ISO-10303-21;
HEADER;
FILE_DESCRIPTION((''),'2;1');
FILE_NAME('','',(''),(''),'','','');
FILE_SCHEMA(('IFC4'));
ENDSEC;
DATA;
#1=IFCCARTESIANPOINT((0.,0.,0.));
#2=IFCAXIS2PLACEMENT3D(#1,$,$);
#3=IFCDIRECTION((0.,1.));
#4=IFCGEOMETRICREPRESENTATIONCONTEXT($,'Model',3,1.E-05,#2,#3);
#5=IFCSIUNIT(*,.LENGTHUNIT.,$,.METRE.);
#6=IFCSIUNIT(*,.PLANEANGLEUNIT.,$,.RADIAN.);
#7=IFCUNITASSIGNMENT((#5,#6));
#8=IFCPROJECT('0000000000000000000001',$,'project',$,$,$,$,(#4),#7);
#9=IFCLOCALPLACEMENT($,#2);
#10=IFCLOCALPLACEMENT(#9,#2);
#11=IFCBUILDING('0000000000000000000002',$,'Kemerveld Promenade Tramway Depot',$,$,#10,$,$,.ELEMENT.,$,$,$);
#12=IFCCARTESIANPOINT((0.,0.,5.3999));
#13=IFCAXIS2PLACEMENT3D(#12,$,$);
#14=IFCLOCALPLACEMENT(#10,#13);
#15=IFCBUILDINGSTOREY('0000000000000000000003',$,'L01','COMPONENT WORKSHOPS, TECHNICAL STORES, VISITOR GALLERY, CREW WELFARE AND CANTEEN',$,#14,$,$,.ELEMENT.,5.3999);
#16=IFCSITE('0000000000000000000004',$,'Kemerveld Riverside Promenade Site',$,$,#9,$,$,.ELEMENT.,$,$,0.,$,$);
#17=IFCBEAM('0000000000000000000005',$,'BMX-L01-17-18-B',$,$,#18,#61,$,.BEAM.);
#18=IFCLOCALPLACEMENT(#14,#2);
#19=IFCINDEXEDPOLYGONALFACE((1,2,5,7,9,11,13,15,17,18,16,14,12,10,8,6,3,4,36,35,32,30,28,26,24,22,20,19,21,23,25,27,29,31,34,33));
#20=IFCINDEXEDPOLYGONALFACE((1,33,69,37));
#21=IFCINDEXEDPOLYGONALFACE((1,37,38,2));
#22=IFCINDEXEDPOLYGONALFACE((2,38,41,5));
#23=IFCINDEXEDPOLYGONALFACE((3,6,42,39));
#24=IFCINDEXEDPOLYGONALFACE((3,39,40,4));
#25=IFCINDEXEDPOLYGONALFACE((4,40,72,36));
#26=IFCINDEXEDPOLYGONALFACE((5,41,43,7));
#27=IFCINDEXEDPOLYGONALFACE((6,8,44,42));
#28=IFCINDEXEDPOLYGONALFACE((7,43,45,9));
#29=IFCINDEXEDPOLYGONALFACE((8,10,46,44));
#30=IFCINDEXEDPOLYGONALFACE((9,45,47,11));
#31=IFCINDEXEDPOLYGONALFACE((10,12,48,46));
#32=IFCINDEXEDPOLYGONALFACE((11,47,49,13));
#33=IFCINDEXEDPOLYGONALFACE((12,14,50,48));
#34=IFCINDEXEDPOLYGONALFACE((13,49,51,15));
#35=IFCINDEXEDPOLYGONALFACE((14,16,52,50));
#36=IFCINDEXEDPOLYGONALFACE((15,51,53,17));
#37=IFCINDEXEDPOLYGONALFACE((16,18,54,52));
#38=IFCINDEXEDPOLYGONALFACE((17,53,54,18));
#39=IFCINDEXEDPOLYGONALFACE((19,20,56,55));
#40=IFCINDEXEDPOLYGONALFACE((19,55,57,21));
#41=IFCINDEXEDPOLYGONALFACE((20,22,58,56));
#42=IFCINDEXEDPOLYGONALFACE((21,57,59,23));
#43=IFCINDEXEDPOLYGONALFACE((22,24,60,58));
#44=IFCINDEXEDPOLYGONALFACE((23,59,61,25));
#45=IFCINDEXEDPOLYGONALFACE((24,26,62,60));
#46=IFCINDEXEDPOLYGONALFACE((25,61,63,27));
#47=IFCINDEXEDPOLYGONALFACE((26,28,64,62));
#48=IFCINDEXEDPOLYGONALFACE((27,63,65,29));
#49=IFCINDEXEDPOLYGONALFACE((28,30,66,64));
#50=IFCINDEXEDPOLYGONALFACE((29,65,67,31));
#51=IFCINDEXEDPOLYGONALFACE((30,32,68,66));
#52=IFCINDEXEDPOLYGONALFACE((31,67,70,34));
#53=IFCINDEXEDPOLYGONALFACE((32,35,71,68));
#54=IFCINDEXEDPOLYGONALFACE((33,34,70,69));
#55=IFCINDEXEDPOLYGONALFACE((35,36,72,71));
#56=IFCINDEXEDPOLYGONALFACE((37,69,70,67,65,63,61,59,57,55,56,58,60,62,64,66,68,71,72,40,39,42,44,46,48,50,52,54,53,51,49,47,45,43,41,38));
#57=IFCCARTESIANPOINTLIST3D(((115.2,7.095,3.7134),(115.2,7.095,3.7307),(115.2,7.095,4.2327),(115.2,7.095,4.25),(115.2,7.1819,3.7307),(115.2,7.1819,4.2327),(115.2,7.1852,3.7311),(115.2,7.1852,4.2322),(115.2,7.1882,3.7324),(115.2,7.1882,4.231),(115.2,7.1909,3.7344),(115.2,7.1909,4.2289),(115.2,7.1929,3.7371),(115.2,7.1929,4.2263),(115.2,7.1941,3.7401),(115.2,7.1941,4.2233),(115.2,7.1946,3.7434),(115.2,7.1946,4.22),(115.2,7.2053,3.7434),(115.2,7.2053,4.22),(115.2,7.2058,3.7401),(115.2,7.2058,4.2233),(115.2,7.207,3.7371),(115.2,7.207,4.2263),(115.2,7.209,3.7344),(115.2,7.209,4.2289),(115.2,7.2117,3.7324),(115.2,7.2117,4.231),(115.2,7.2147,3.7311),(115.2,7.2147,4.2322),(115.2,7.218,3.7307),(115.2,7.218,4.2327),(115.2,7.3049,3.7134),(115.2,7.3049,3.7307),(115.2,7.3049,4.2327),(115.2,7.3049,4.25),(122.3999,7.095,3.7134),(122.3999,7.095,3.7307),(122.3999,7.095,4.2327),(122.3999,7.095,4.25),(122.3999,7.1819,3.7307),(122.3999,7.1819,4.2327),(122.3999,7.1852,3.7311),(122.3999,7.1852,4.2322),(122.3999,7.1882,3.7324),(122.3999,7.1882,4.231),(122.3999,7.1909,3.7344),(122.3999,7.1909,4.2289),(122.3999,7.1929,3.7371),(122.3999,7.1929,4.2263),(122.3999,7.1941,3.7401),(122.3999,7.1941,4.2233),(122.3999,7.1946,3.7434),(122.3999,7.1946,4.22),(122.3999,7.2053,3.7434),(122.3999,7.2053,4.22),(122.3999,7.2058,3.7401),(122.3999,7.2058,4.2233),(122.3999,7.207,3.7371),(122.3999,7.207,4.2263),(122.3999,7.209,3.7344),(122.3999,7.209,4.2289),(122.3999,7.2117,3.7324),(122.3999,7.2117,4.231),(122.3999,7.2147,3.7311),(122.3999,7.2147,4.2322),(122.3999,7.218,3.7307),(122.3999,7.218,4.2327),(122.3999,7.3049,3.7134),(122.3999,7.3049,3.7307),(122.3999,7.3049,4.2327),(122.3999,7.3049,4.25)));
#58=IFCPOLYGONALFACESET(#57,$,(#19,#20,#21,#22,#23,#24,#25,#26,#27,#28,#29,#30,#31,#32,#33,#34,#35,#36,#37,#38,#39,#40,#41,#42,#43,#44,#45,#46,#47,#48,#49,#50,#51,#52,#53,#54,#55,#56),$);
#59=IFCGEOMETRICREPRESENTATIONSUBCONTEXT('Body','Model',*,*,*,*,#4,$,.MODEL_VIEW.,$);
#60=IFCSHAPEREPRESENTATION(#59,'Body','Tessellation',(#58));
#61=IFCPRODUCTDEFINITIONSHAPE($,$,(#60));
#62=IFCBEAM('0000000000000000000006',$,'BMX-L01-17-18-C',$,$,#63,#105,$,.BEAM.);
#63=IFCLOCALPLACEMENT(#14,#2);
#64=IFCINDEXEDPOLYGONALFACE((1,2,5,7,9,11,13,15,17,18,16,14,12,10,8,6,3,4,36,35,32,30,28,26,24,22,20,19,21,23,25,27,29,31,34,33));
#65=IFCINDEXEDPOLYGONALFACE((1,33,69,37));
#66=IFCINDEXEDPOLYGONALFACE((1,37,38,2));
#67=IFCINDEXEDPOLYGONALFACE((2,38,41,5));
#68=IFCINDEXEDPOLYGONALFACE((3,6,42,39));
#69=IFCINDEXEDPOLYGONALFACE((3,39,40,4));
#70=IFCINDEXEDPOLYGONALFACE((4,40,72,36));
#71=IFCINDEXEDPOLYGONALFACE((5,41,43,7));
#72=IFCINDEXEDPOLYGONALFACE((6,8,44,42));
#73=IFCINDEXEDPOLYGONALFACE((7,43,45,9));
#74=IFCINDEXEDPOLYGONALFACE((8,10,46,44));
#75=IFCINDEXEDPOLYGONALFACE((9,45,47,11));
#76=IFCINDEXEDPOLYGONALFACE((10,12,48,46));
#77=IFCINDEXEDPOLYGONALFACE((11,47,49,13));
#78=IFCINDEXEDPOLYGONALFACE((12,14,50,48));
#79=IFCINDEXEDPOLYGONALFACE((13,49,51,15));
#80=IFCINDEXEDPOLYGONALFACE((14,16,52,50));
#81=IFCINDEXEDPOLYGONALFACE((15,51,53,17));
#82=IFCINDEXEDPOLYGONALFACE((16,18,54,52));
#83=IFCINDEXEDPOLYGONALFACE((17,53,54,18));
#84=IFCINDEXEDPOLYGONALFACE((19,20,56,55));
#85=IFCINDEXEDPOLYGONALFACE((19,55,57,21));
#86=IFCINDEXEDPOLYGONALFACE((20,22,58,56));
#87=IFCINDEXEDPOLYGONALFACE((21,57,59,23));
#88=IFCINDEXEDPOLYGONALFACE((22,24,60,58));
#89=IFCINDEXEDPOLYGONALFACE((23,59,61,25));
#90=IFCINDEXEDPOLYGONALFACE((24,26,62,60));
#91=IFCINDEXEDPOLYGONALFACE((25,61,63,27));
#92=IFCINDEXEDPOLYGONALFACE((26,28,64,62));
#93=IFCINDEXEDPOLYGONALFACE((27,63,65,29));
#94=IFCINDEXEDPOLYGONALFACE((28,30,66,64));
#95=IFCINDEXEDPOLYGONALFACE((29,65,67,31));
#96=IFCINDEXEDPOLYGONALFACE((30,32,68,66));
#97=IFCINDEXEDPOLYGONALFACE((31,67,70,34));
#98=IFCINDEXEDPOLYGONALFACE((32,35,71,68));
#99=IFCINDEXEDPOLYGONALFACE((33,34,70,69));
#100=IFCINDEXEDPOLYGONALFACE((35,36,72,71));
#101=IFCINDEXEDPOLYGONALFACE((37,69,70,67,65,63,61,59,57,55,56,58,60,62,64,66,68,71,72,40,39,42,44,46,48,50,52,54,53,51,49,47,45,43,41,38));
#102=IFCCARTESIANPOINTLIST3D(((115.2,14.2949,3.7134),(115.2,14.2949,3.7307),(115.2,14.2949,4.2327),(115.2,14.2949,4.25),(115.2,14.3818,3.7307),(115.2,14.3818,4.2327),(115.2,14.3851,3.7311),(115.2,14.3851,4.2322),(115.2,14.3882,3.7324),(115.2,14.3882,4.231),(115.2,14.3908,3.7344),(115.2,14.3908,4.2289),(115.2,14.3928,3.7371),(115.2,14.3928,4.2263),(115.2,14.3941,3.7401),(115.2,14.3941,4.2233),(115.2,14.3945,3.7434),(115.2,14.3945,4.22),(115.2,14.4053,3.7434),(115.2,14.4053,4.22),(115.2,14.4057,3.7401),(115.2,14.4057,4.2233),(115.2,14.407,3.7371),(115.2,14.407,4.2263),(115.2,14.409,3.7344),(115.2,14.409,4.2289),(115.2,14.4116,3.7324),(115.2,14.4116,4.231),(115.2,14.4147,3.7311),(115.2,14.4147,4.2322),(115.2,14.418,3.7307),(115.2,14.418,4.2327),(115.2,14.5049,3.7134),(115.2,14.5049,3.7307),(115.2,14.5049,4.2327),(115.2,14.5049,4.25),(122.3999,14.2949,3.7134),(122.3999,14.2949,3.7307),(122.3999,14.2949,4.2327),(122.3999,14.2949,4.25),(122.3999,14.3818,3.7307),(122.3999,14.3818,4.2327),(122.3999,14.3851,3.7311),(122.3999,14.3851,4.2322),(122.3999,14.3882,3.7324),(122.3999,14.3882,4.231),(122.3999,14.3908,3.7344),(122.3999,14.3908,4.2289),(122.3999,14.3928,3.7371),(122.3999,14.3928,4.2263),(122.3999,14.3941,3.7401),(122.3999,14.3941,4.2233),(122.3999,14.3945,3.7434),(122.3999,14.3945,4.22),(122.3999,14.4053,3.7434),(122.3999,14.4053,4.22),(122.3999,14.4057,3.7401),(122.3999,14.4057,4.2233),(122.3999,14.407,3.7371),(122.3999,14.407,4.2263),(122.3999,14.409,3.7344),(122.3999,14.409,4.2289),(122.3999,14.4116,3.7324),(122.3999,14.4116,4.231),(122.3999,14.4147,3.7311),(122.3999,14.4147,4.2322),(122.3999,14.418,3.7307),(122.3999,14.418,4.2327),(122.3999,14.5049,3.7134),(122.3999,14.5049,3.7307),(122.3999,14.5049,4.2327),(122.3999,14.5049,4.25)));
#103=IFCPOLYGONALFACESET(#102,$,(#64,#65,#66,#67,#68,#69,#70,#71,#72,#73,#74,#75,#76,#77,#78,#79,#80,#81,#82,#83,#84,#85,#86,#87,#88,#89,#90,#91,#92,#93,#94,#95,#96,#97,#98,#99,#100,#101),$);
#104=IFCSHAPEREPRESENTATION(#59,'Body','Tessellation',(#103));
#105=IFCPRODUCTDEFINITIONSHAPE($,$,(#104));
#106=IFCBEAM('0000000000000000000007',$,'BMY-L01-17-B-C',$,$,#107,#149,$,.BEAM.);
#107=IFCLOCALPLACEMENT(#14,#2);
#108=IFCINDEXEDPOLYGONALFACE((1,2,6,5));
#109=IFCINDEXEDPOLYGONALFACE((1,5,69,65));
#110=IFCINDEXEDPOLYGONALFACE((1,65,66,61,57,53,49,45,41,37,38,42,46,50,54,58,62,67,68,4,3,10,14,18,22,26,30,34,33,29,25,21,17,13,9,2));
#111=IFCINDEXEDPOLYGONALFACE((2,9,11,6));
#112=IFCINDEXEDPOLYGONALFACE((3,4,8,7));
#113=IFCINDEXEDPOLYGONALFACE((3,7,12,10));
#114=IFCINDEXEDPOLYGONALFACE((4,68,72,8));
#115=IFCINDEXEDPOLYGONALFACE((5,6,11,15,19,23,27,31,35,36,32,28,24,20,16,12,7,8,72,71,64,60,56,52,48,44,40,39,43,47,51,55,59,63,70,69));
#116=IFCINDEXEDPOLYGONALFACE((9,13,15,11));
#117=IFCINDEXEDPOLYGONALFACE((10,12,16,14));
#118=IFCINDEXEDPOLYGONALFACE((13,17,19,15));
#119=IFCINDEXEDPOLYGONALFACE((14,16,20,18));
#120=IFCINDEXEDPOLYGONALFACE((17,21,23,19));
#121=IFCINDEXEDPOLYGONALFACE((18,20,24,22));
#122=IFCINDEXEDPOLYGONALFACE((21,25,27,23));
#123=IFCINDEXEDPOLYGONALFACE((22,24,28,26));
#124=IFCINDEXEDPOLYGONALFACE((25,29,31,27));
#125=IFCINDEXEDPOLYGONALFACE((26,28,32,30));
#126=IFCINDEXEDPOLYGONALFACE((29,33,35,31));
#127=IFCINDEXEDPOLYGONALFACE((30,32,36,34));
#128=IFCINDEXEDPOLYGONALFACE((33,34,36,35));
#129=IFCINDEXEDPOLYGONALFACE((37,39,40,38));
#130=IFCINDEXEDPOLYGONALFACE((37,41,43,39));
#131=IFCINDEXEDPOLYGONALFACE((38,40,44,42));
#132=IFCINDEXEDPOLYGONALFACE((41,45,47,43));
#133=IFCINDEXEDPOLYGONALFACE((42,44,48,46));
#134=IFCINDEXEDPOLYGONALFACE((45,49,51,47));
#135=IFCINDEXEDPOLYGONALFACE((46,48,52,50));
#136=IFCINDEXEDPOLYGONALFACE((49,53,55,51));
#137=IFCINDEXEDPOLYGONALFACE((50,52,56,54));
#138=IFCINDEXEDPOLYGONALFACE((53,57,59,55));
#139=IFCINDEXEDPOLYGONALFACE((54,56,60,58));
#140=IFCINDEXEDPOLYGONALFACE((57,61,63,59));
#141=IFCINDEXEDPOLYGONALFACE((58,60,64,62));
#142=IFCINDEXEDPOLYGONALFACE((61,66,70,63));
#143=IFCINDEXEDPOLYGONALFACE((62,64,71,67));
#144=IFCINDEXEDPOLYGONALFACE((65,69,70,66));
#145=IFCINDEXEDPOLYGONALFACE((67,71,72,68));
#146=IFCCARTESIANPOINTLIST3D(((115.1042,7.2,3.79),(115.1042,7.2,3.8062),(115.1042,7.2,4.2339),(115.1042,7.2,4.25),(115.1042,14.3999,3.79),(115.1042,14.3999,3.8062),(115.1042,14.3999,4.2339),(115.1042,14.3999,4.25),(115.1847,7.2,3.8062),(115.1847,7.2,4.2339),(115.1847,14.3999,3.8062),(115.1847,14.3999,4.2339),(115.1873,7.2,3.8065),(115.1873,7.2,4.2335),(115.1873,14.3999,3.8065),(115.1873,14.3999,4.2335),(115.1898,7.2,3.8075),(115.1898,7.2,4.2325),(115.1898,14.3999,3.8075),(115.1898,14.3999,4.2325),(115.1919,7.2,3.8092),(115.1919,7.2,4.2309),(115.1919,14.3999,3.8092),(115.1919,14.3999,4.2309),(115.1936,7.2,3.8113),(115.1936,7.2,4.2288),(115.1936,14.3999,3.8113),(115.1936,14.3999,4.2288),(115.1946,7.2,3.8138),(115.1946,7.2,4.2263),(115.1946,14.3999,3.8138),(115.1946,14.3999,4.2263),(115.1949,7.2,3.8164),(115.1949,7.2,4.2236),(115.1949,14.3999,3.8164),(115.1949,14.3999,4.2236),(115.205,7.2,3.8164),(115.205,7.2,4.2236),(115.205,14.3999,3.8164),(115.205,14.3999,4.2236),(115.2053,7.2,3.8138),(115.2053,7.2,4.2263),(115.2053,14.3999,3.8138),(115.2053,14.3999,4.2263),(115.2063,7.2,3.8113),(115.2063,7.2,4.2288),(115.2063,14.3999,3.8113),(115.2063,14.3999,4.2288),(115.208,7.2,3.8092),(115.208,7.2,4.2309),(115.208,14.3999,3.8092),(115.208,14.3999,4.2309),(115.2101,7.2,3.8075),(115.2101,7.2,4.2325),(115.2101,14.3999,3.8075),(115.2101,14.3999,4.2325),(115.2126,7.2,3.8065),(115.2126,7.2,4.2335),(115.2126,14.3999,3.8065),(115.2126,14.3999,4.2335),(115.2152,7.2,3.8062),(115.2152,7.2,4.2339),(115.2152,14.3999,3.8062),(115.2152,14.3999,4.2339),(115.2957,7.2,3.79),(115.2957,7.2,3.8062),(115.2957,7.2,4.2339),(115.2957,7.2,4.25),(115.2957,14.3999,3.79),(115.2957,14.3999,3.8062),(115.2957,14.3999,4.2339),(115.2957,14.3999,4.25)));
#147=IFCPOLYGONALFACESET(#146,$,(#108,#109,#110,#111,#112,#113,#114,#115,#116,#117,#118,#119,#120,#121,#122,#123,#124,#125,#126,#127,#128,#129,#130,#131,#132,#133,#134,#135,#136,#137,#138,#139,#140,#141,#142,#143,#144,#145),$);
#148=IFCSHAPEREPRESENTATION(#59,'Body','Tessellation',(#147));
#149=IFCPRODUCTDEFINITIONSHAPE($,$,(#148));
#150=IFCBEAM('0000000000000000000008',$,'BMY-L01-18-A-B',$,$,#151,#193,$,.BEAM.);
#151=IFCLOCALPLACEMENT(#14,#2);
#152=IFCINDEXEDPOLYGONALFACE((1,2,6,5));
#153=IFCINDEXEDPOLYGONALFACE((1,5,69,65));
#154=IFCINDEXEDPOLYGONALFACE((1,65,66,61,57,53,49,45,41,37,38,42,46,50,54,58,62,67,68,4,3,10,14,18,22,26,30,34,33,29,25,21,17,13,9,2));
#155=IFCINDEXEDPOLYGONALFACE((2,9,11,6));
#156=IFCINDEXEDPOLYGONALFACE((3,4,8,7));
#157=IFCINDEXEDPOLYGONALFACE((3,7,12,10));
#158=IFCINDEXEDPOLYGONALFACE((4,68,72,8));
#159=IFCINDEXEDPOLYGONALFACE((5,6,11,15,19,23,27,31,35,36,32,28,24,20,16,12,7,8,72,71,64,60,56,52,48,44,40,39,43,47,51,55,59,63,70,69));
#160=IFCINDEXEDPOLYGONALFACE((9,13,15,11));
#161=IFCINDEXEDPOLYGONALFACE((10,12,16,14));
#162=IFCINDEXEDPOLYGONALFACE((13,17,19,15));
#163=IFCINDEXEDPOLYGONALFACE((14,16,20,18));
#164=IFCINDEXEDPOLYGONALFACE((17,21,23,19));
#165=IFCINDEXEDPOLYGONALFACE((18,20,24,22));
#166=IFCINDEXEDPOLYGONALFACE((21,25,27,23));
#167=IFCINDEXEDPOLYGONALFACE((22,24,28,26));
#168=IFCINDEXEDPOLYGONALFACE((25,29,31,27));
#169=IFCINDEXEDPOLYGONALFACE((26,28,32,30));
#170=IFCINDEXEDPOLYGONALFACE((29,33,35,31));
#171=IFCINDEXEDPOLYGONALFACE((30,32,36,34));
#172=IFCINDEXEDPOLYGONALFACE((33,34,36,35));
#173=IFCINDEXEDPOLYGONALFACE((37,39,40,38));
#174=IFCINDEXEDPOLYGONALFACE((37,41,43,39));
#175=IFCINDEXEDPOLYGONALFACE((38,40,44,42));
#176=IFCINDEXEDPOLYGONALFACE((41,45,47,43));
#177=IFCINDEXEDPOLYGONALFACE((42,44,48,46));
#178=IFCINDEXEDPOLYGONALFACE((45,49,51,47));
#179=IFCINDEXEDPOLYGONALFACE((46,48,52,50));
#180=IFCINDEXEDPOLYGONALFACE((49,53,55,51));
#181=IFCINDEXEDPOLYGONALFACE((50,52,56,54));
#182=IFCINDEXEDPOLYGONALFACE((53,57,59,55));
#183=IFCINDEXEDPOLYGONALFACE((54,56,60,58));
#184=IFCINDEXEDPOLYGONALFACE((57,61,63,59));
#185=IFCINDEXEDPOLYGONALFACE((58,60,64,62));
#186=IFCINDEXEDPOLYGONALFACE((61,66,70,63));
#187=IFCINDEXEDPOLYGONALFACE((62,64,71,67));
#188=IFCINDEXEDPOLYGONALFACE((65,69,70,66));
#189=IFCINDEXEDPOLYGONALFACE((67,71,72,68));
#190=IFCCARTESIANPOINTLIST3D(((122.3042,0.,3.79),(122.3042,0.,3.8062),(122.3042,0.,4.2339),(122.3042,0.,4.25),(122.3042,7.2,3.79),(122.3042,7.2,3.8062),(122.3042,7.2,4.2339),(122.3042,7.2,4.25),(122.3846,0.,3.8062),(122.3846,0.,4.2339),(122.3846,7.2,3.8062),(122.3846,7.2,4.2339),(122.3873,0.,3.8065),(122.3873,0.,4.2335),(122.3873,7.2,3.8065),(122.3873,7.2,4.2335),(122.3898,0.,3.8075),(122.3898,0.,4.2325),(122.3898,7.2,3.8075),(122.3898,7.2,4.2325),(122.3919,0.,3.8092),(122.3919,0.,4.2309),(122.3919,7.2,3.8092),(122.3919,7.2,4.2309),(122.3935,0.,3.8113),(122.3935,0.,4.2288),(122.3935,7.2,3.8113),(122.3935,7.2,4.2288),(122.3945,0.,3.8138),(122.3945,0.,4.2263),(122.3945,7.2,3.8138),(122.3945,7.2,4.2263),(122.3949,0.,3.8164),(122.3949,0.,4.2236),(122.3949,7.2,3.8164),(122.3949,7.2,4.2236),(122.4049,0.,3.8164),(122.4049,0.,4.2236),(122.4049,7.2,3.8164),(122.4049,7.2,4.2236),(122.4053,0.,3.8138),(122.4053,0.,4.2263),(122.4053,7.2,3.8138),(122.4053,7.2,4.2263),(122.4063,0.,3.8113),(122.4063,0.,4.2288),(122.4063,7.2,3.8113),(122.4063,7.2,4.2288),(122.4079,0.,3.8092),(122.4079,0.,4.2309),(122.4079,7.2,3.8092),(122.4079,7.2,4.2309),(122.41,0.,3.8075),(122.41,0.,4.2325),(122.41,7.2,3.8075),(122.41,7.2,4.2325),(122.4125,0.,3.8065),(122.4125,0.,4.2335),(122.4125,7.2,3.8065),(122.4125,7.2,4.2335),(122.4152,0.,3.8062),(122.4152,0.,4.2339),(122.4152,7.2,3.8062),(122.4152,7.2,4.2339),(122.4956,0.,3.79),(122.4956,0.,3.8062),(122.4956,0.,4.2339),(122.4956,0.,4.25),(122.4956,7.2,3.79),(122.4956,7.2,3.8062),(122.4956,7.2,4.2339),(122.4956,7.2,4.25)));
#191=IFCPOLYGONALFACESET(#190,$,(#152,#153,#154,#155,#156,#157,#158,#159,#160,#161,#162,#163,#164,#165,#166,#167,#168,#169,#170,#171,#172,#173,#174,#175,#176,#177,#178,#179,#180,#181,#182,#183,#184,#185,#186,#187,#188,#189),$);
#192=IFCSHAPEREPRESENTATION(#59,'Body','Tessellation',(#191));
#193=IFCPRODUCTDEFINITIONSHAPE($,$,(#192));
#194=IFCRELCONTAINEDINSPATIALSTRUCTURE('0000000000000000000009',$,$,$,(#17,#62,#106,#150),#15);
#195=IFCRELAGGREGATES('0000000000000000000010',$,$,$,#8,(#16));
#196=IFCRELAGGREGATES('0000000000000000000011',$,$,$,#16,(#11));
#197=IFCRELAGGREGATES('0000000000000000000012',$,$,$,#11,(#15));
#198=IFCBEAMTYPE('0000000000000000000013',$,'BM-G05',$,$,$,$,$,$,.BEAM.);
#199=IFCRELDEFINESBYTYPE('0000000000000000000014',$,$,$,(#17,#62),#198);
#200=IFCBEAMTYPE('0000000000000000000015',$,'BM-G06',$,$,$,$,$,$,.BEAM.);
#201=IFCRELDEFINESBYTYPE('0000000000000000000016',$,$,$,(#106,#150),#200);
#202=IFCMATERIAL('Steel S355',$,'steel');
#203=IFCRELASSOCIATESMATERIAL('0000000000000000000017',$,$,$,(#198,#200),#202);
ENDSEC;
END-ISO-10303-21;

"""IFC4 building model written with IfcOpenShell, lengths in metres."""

from ifc_helpers import new_model, si_unit, direction, frame, origin, origin_2d, place, context, subcontext, project, spatial, i_section, extrude, material, material_profile, profile_set, type_object, element, save


model = new_model("IFC4")

# Units and contexts
model_context = context("Model", 3, precision=1e-05, world=origin(), true_north=direction((0.0, 1.0)))
body_context = subcontext(model_context, "Body", "Model", "MODEL_VIEW")
ifc_project = project(units=[si_unit("LENGTHUNIT", "METRE"), si_unit("PLANEANGLEUNIT", "RADIAN")], contexts=[model_context])

# Site, building, storey
site_placement = place(None, origin())
site = spatial("IfcSite", under=ifc_project, at=site_placement, Name="Kemerveld Riverside Promenade Site", CompositionType="ELEMENT", RefElevation=0.0)
building_placement = place(site_placement, origin())
building = spatial("IfcBuilding", under=site, at=building_placement, Name="Kemerveld Promenade Tramway Depot", CompositionType="ELEMENT")
storey_placement = place(building_placement, frame((0.0, 0.0, 5.3999)))
storey = spatial("IfcBuildingStorey", under=building, at=storey_placement, Name="L01", Description="COMPONENT WORKSHOPS, TECHNICAL STORES, VISITOR GALLERY, CREW WELFARE AND CANTEEN", CompositionType="ELEMENT", Elevation=5.3999)

# Shared definitions
ifc_material_1 = material(Name="Steel S355", Category="steel")

# Beams
ifc_material_profile_1 = material_profile(ifc_material_1, i_section(OverallWidth=0.21, OverallDepth=0.5366, WebThickness=0.0107, FlangeThickness=0.0173, FilletRadius=0.0127, at=origin_2d()), Name="533x210x101 UB")
ifc_profile_set_1 = profile_set([ifc_material_profile_1], Name="Steel S355")
beam_type_1 = type_object("IfcBeamType", Name="BM-G05", PredefinedType="BEAM", material=ifc_profile_set_1)
for number, where, z_axis, x_axis, name in (
    (1, (115.2, 7.2, 3.9817), (1.0, 0.0, 0.0), (0.0, 1.0, 0.0), "BMX-L01-17-18-B"),
    (2, (115.2, 14.3999, 3.9817), (1.0, 0.0, 0.0), (0.0, 1.0, 0.0), "BMX-L01-17-18-C"),
):
    element("IfcBeam", number, at=place(storey_placement, frame(where, z_axis=z_axis, x_axis=x_axis)), inside=storey, type_object=beam_type_1, Name=name, PredefinedType="BEAM", context=body_context, shape_type="SweptSolid", body=[
        extrude(i_section(OverallWidth=0.21, OverallDepth=0.5366, WebThickness=0.0107, FlangeThickness=0.0173, FilletRadius=0.0127, at=origin_2d()), origin(), (0.0, 0.0, 1.0), 7.2),
    ])
ifc_material_profile_2 = material_profile(ifc_material_1, i_section(OverallWidth=0.1914, OverallDepth=0.46, WebThickness=0.01, FlangeThickness=0.0161, FilletRadius=0.0103, at=origin_2d()), Name="457x191x82 UB")
ifc_profile_set_2 = profile_set([ifc_material_profile_2], Name="Steel S355")
beam_type_2 = type_object("IfcBeamType", Name="BM-G06", PredefinedType="BEAM", material=ifc_profile_set_2)
for number, where, z_axis, x_axis, name in (
    (3, (115.2, 7.2, 4.02), (0.0, 1.0, 0.0), (-1.0, 0.0, 0.0), "BMY-L01-17-B-C"),
    (4, (122.3999, 0.0, 4.02), (0.0, 1.0, 0.0), (-1.0, 0.0, 0.0), "BMY-L01-18-A-B"),
):
    element("IfcBeam", number, at=place(storey_placement, frame(where, z_axis=z_axis, x_axis=x_axis)), inside=storey, type_object=beam_type_2, Name=name, PredefinedType="BEAM", context=body_context, shape_type="SweptSolid", body=[
        extrude(i_section(OverallWidth=0.1914, OverallDepth=0.46, WebThickness=0.01, FlangeThickness=0.0161, FilletRadius=0.0103, at=origin_2d()), origin(), (0.0, 0.0, 1.0), 7.2),
    ])

save(model, "model.ifc")
